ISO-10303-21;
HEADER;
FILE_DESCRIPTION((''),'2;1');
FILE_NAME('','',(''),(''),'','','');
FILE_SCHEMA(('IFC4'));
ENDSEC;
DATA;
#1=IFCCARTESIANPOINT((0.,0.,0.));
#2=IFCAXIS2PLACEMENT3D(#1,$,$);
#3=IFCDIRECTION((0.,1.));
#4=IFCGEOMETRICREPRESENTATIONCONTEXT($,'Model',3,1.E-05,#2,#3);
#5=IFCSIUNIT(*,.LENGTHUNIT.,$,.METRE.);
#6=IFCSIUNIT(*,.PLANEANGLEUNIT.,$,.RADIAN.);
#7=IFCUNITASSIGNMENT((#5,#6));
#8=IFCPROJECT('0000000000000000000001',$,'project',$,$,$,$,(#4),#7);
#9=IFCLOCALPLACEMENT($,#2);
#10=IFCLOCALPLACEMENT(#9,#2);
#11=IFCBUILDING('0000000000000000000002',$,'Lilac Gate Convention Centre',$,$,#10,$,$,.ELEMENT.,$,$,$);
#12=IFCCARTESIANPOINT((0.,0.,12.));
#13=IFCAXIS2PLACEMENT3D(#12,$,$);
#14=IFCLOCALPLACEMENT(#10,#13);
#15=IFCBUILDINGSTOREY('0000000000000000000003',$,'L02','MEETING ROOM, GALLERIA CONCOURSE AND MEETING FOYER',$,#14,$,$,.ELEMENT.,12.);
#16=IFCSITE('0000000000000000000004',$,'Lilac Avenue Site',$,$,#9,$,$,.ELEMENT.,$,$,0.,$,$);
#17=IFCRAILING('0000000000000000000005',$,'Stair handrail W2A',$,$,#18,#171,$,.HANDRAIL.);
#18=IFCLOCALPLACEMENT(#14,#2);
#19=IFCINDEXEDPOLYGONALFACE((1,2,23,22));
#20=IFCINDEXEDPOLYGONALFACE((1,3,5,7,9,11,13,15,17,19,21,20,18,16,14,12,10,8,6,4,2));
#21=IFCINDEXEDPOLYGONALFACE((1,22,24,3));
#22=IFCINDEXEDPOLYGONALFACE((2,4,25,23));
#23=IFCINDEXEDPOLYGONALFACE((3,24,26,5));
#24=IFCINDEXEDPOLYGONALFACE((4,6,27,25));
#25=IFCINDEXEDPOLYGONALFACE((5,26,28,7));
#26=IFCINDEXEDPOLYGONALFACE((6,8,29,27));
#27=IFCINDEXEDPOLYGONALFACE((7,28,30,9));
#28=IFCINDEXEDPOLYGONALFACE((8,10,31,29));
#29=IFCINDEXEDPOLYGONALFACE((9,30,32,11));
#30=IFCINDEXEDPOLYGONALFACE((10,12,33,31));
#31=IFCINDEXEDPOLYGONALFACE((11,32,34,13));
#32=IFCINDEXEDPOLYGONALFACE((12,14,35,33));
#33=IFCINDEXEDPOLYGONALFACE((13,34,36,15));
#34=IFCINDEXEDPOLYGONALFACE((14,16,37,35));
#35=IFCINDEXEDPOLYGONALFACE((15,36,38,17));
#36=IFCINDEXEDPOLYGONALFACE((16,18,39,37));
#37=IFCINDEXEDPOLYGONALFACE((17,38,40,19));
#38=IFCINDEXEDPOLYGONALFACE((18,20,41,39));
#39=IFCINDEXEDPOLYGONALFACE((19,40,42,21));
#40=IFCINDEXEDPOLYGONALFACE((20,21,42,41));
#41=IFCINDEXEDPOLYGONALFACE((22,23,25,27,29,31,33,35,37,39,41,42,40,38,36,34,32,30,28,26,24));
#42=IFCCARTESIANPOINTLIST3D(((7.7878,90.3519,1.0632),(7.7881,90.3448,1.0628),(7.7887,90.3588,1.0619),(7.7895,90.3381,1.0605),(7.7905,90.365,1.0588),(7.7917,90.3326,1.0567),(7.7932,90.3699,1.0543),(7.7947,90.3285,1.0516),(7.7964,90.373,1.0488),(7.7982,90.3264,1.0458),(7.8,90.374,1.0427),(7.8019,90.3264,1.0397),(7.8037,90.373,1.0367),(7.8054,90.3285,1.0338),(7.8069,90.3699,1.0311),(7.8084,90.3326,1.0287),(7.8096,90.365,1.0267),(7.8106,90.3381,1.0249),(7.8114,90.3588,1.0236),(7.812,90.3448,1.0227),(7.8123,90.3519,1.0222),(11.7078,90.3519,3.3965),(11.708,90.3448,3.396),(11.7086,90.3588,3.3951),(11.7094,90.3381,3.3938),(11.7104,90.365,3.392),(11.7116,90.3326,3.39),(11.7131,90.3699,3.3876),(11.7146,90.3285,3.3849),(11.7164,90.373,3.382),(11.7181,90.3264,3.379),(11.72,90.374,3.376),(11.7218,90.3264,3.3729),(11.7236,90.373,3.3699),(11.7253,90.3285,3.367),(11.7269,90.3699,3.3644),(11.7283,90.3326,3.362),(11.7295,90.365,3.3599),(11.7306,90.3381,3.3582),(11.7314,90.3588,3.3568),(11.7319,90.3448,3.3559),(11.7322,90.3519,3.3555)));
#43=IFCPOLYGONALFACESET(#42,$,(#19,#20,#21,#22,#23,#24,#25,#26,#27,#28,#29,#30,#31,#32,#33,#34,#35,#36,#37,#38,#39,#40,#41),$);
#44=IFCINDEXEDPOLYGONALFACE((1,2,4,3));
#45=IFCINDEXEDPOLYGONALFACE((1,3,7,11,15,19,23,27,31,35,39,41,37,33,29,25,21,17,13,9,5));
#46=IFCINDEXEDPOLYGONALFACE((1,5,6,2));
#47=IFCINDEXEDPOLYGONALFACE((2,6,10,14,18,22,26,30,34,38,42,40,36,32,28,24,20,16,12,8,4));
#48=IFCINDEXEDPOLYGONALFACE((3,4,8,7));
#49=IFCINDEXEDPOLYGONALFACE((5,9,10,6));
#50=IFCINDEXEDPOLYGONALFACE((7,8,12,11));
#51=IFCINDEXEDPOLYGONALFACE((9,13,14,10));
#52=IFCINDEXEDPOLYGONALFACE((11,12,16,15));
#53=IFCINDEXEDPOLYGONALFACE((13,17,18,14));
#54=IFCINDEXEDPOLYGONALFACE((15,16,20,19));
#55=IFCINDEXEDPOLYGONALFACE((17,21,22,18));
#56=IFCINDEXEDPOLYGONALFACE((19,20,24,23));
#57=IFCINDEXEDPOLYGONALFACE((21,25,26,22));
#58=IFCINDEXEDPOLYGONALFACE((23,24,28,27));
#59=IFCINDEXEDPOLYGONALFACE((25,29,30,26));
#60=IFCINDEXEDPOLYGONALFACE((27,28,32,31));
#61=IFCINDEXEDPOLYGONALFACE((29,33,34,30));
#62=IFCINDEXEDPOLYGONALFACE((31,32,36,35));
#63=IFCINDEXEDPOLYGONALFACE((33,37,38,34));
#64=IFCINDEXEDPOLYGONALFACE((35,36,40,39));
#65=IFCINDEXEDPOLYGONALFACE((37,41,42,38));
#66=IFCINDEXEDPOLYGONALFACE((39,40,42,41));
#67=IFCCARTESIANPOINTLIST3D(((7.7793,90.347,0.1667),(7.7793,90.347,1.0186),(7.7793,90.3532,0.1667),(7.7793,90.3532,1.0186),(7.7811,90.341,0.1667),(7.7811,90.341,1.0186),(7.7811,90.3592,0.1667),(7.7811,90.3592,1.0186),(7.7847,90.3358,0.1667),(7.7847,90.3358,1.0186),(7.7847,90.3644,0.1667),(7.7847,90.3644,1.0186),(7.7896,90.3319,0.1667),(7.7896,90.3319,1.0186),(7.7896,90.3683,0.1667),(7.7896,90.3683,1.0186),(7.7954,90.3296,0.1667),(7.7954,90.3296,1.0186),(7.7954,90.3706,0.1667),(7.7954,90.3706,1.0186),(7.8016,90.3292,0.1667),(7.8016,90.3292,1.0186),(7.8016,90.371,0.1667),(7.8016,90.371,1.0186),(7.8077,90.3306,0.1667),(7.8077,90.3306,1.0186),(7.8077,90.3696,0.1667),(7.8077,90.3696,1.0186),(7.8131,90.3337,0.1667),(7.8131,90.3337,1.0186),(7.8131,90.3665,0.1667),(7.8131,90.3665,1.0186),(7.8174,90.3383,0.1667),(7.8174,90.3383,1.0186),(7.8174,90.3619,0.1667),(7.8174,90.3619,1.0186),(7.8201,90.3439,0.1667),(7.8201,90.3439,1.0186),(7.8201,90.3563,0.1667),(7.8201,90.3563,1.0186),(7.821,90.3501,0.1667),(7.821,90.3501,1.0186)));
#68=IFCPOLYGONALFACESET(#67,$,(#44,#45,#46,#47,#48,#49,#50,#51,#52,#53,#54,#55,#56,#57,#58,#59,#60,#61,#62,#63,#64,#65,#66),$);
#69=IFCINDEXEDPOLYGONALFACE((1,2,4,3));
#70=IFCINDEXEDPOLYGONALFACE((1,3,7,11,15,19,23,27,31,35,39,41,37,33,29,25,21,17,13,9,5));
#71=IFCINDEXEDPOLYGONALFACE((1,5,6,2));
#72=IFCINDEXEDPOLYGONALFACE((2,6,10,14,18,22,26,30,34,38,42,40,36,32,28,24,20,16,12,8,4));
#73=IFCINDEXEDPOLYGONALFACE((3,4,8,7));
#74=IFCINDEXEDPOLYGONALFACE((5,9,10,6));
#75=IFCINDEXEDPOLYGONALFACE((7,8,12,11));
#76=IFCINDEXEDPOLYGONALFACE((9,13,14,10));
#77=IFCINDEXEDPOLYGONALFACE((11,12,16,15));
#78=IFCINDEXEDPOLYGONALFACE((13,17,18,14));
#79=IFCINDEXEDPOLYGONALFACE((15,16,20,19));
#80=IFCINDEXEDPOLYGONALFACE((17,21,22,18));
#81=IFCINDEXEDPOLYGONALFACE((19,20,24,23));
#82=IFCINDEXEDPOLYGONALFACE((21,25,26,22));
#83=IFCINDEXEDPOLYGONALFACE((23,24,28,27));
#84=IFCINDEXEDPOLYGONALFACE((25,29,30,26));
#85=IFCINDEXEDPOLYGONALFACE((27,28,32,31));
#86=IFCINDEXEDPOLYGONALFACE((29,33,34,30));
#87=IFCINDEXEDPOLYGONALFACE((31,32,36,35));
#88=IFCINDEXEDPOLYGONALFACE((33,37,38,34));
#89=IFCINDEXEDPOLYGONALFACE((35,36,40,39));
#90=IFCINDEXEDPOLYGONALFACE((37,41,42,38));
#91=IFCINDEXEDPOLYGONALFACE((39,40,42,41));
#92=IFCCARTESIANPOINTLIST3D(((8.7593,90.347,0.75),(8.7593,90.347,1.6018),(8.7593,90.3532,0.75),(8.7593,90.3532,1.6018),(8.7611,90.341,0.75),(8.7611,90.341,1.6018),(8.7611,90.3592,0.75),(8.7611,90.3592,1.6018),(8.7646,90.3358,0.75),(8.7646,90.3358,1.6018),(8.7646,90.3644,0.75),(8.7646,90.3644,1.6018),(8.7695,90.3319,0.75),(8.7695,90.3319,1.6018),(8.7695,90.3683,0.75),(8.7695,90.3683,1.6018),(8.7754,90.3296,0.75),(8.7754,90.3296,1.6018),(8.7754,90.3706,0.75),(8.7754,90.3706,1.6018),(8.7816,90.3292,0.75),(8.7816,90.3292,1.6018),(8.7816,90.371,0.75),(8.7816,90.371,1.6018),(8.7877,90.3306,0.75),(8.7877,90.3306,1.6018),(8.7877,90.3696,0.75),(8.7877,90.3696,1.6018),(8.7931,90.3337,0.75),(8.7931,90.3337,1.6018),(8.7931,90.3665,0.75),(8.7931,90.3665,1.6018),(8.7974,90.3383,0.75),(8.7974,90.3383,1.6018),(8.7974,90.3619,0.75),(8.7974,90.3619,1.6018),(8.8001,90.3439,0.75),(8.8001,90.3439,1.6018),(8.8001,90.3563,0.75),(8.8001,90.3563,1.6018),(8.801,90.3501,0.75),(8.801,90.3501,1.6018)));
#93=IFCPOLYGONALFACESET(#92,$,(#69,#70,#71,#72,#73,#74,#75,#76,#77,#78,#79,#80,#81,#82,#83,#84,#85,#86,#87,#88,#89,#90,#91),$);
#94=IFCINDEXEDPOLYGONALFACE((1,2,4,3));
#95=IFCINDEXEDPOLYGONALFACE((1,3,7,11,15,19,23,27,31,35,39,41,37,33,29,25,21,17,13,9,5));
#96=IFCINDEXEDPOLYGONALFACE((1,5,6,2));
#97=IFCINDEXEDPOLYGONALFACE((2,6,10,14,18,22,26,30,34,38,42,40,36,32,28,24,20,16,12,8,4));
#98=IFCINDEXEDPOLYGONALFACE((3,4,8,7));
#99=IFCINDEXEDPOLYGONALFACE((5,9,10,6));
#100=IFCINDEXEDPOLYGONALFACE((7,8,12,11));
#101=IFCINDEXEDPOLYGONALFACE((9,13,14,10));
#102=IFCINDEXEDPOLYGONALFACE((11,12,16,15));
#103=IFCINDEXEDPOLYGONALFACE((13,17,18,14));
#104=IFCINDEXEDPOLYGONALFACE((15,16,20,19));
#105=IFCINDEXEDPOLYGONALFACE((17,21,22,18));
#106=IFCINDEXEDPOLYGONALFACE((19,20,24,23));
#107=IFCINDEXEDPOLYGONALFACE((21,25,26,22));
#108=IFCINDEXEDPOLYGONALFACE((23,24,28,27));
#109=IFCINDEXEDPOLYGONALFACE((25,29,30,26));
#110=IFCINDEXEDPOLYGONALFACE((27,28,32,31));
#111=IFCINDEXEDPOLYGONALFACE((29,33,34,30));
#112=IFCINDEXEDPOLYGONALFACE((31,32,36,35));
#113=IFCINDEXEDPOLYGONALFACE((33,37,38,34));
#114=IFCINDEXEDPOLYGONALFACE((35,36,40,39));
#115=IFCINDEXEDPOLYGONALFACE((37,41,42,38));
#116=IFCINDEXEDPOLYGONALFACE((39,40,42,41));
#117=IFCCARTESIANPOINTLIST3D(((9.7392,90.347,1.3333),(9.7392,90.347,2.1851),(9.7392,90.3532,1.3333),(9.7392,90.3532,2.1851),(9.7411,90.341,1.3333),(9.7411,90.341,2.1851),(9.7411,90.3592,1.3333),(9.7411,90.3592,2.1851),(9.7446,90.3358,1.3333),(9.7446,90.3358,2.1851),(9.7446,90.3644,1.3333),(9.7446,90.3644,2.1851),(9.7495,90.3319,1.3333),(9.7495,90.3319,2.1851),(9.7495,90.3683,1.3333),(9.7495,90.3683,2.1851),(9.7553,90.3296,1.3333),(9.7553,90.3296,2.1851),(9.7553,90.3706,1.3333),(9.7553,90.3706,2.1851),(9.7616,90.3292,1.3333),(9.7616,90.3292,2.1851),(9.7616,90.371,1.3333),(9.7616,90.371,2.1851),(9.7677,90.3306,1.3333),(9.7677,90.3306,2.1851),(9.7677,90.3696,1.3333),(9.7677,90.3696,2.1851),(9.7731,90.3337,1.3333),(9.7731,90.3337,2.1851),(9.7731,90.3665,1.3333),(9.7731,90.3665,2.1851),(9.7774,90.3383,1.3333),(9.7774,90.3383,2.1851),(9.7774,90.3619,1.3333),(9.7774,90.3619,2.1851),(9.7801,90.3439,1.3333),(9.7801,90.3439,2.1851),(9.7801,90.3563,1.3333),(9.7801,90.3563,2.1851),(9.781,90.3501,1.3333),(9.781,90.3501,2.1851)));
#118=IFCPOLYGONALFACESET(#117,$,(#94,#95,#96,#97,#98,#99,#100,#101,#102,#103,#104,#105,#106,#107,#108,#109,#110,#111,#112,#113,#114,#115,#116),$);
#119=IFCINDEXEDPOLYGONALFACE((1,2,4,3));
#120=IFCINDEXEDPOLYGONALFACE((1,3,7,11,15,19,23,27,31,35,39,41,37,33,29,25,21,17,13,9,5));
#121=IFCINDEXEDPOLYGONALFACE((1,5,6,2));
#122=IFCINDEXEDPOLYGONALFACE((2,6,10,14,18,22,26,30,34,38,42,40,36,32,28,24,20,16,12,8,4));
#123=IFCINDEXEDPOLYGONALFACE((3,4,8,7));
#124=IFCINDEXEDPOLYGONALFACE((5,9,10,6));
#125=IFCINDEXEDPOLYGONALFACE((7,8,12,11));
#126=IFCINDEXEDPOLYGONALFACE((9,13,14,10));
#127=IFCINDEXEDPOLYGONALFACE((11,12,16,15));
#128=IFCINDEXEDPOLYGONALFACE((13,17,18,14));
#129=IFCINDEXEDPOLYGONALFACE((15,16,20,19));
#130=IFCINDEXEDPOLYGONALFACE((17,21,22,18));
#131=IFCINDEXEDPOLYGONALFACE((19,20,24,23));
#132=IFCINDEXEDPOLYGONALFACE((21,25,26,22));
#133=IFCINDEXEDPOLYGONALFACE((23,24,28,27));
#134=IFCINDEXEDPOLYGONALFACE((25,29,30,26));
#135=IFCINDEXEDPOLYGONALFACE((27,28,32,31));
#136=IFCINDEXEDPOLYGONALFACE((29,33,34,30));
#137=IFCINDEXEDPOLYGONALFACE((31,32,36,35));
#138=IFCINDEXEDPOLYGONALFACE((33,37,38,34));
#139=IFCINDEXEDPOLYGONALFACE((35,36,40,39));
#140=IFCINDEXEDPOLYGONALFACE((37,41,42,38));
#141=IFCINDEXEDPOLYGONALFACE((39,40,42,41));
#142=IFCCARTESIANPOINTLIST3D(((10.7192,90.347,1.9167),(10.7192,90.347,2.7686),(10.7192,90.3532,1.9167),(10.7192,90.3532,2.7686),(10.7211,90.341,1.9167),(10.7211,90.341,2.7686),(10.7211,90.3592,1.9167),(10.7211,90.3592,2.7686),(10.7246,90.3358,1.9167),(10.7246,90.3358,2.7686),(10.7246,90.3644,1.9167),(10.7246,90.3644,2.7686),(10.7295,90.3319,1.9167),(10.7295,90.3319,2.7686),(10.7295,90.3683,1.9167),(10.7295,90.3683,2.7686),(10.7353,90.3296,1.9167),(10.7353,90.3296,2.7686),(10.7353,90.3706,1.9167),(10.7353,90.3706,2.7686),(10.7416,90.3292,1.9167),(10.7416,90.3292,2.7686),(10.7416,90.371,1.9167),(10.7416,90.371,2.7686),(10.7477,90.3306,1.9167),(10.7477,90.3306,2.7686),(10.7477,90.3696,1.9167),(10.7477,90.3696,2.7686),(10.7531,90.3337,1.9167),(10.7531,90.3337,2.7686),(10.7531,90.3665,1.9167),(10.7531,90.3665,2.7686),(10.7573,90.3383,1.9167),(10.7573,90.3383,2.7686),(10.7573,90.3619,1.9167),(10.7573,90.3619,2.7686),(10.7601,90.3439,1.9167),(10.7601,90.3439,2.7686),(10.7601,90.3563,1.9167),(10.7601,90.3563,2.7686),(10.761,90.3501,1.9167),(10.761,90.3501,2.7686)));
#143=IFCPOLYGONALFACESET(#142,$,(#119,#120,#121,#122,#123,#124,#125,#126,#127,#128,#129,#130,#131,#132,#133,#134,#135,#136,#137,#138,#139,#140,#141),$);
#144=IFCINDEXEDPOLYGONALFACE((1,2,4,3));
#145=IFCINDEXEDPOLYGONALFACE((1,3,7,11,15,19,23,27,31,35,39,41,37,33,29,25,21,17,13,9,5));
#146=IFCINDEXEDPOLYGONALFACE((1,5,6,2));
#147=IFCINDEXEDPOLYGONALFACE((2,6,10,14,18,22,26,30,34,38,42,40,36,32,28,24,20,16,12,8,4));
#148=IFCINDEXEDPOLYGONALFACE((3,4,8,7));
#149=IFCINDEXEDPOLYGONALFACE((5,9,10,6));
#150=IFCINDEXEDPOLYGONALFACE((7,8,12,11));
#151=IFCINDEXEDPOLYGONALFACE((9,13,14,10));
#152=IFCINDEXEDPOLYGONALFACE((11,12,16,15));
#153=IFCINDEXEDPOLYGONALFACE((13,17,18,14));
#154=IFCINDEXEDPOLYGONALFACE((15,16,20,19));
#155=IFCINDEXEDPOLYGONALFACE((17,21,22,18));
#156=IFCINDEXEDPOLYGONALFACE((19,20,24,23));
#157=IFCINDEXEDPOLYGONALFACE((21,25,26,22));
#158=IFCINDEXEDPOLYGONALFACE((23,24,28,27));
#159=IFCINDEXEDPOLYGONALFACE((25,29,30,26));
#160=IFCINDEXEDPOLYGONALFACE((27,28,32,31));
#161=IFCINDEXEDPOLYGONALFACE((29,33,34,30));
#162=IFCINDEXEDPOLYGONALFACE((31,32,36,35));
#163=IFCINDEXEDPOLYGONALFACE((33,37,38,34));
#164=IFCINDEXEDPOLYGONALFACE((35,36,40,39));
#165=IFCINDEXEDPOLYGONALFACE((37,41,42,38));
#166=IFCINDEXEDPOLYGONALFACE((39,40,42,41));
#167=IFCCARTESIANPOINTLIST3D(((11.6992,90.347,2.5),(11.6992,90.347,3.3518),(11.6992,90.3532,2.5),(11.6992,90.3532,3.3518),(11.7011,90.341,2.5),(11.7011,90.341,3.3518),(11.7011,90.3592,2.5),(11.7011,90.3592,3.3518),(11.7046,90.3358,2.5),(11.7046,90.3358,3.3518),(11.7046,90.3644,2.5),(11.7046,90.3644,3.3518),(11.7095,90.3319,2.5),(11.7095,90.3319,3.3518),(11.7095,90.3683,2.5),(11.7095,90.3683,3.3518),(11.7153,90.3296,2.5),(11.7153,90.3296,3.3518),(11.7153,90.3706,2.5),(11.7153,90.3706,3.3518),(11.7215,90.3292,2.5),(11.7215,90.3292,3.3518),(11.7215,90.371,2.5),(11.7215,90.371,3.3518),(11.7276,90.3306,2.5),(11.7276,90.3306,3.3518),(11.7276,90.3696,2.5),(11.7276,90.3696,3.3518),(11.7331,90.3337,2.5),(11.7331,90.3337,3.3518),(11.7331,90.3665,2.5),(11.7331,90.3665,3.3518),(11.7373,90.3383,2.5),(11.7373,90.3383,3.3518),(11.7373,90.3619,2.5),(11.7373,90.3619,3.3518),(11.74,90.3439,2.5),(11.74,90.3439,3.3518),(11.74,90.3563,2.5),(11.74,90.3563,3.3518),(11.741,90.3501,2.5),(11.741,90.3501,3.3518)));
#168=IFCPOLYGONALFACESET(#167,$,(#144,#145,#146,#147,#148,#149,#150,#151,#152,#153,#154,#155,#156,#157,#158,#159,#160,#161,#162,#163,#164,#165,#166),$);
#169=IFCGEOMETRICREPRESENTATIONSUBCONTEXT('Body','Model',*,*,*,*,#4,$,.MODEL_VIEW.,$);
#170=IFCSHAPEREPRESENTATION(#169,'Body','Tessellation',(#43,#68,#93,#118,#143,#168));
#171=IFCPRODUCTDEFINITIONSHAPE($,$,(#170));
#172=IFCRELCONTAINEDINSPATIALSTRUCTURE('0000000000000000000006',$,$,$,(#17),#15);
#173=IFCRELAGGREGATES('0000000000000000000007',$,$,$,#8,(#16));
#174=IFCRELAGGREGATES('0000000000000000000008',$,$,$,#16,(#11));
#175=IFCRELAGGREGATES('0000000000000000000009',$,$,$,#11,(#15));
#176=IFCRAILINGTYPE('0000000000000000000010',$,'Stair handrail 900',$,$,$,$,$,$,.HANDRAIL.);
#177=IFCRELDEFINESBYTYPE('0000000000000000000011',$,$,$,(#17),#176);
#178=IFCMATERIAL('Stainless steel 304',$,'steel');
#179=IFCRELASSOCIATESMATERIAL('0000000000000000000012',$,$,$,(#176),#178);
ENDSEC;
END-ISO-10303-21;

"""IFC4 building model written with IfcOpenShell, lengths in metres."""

from ifc_helpers import new_model, si_unit, direction, frame, origin, origin_2d, place, context, subcontext, project, spatial, circle, extrude, material, type_object, element, save


model = new_model("IFC4")

# Units and contexts
model_context = context("Model", 3, precision=1e-05, world=origin(), true_north=direction((0.0, 1.0)))
body_context = subcontext(model_context, "Body", "Model", "MODEL_VIEW")
ifc_project = project(units=[si_unit("LENGTHUNIT", "METRE"), si_unit("PLANEANGLEUNIT", "RADIAN")], contexts=[model_context])

# Site, building, storey
site_placement = place(None, origin())
site = spatial("IfcSite", under=ifc_project, at=site_placement, Name="Lilac Avenue Site", CompositionType="ELEMENT", RefElevation=0.0)
building_placement = place(site_placement, origin())
building = spatial("IfcBuilding", under=site, at=building_placement, Name="Lilac Gate Convention Centre", CompositionType="ELEMENT")
storey_placement = place(building_placement, frame((0.0, 0.0, 12.0)))
storey = spatial("IfcBuildingStorey", under=building, at=storey_placement, Name="L02", Description="MEETING ROOM, GALLERIA CONCOURSE AND MEETING FOYER", CompositionType="ELEMENT", Elevation=12.0)

# Shared definitions
ifc_material_1 = material(Name="Stainless steel 304", Category="steel")

# Railing
railing_type = type_object("IfcRailingType", Name="Stair handrail 900", PredefinedType="HANDRAIL", material=ifc_material_1)
for number, where, name in (
    (1, (7.8, 90.3501, 0.1667), "Stair handrail W2A"),
):
    element("IfcRailing", number, at=place(storey_placement, frame(where)), inside=storey, type_object=railing_type, Name=name, PredefinedType="HANDRAIL", context=body_context, shape_type="SweptSolid", body=[
        extrude(circle(Radius=0.0239, at=origin_2d()), frame((0.0, 0.0, 0.876), z_axis=(0.859296, 0.0, 0.511478), x_axis=(0.0, 1.0, 0.0)), (0.0, 0.0, 1.0), 4.5618),
        extrude(circle(Radius=0.021, at=origin_2d()), origin(), (0.0, 0.0, 1.0), 0.8518),
        extrude(circle(Radius=0.021, at=origin_2d()), frame((0.98, 0.0, 0.5833)), (0.0, 0.0, 1.0), 0.8518),
        extrude(circle(Radius=0.021, at=origin_2d()), frame((1.96, 0.0, 1.1665)), (0.0, 0.0, 1.0), 0.8518),
        extrude(circle(Radius=0.021, at=origin_2d()), frame((2.9399, 0.0, 1.75)), (0.0, 0.0, 1.0), 0.8518),
        extrude(circle(Radius=0.021, at=origin_2d()), frame((3.9199, 0.0, 2.3333)), (0.0, 0.0, 1.0), 0.8518),
    ])

save(model, "model.ifc")
